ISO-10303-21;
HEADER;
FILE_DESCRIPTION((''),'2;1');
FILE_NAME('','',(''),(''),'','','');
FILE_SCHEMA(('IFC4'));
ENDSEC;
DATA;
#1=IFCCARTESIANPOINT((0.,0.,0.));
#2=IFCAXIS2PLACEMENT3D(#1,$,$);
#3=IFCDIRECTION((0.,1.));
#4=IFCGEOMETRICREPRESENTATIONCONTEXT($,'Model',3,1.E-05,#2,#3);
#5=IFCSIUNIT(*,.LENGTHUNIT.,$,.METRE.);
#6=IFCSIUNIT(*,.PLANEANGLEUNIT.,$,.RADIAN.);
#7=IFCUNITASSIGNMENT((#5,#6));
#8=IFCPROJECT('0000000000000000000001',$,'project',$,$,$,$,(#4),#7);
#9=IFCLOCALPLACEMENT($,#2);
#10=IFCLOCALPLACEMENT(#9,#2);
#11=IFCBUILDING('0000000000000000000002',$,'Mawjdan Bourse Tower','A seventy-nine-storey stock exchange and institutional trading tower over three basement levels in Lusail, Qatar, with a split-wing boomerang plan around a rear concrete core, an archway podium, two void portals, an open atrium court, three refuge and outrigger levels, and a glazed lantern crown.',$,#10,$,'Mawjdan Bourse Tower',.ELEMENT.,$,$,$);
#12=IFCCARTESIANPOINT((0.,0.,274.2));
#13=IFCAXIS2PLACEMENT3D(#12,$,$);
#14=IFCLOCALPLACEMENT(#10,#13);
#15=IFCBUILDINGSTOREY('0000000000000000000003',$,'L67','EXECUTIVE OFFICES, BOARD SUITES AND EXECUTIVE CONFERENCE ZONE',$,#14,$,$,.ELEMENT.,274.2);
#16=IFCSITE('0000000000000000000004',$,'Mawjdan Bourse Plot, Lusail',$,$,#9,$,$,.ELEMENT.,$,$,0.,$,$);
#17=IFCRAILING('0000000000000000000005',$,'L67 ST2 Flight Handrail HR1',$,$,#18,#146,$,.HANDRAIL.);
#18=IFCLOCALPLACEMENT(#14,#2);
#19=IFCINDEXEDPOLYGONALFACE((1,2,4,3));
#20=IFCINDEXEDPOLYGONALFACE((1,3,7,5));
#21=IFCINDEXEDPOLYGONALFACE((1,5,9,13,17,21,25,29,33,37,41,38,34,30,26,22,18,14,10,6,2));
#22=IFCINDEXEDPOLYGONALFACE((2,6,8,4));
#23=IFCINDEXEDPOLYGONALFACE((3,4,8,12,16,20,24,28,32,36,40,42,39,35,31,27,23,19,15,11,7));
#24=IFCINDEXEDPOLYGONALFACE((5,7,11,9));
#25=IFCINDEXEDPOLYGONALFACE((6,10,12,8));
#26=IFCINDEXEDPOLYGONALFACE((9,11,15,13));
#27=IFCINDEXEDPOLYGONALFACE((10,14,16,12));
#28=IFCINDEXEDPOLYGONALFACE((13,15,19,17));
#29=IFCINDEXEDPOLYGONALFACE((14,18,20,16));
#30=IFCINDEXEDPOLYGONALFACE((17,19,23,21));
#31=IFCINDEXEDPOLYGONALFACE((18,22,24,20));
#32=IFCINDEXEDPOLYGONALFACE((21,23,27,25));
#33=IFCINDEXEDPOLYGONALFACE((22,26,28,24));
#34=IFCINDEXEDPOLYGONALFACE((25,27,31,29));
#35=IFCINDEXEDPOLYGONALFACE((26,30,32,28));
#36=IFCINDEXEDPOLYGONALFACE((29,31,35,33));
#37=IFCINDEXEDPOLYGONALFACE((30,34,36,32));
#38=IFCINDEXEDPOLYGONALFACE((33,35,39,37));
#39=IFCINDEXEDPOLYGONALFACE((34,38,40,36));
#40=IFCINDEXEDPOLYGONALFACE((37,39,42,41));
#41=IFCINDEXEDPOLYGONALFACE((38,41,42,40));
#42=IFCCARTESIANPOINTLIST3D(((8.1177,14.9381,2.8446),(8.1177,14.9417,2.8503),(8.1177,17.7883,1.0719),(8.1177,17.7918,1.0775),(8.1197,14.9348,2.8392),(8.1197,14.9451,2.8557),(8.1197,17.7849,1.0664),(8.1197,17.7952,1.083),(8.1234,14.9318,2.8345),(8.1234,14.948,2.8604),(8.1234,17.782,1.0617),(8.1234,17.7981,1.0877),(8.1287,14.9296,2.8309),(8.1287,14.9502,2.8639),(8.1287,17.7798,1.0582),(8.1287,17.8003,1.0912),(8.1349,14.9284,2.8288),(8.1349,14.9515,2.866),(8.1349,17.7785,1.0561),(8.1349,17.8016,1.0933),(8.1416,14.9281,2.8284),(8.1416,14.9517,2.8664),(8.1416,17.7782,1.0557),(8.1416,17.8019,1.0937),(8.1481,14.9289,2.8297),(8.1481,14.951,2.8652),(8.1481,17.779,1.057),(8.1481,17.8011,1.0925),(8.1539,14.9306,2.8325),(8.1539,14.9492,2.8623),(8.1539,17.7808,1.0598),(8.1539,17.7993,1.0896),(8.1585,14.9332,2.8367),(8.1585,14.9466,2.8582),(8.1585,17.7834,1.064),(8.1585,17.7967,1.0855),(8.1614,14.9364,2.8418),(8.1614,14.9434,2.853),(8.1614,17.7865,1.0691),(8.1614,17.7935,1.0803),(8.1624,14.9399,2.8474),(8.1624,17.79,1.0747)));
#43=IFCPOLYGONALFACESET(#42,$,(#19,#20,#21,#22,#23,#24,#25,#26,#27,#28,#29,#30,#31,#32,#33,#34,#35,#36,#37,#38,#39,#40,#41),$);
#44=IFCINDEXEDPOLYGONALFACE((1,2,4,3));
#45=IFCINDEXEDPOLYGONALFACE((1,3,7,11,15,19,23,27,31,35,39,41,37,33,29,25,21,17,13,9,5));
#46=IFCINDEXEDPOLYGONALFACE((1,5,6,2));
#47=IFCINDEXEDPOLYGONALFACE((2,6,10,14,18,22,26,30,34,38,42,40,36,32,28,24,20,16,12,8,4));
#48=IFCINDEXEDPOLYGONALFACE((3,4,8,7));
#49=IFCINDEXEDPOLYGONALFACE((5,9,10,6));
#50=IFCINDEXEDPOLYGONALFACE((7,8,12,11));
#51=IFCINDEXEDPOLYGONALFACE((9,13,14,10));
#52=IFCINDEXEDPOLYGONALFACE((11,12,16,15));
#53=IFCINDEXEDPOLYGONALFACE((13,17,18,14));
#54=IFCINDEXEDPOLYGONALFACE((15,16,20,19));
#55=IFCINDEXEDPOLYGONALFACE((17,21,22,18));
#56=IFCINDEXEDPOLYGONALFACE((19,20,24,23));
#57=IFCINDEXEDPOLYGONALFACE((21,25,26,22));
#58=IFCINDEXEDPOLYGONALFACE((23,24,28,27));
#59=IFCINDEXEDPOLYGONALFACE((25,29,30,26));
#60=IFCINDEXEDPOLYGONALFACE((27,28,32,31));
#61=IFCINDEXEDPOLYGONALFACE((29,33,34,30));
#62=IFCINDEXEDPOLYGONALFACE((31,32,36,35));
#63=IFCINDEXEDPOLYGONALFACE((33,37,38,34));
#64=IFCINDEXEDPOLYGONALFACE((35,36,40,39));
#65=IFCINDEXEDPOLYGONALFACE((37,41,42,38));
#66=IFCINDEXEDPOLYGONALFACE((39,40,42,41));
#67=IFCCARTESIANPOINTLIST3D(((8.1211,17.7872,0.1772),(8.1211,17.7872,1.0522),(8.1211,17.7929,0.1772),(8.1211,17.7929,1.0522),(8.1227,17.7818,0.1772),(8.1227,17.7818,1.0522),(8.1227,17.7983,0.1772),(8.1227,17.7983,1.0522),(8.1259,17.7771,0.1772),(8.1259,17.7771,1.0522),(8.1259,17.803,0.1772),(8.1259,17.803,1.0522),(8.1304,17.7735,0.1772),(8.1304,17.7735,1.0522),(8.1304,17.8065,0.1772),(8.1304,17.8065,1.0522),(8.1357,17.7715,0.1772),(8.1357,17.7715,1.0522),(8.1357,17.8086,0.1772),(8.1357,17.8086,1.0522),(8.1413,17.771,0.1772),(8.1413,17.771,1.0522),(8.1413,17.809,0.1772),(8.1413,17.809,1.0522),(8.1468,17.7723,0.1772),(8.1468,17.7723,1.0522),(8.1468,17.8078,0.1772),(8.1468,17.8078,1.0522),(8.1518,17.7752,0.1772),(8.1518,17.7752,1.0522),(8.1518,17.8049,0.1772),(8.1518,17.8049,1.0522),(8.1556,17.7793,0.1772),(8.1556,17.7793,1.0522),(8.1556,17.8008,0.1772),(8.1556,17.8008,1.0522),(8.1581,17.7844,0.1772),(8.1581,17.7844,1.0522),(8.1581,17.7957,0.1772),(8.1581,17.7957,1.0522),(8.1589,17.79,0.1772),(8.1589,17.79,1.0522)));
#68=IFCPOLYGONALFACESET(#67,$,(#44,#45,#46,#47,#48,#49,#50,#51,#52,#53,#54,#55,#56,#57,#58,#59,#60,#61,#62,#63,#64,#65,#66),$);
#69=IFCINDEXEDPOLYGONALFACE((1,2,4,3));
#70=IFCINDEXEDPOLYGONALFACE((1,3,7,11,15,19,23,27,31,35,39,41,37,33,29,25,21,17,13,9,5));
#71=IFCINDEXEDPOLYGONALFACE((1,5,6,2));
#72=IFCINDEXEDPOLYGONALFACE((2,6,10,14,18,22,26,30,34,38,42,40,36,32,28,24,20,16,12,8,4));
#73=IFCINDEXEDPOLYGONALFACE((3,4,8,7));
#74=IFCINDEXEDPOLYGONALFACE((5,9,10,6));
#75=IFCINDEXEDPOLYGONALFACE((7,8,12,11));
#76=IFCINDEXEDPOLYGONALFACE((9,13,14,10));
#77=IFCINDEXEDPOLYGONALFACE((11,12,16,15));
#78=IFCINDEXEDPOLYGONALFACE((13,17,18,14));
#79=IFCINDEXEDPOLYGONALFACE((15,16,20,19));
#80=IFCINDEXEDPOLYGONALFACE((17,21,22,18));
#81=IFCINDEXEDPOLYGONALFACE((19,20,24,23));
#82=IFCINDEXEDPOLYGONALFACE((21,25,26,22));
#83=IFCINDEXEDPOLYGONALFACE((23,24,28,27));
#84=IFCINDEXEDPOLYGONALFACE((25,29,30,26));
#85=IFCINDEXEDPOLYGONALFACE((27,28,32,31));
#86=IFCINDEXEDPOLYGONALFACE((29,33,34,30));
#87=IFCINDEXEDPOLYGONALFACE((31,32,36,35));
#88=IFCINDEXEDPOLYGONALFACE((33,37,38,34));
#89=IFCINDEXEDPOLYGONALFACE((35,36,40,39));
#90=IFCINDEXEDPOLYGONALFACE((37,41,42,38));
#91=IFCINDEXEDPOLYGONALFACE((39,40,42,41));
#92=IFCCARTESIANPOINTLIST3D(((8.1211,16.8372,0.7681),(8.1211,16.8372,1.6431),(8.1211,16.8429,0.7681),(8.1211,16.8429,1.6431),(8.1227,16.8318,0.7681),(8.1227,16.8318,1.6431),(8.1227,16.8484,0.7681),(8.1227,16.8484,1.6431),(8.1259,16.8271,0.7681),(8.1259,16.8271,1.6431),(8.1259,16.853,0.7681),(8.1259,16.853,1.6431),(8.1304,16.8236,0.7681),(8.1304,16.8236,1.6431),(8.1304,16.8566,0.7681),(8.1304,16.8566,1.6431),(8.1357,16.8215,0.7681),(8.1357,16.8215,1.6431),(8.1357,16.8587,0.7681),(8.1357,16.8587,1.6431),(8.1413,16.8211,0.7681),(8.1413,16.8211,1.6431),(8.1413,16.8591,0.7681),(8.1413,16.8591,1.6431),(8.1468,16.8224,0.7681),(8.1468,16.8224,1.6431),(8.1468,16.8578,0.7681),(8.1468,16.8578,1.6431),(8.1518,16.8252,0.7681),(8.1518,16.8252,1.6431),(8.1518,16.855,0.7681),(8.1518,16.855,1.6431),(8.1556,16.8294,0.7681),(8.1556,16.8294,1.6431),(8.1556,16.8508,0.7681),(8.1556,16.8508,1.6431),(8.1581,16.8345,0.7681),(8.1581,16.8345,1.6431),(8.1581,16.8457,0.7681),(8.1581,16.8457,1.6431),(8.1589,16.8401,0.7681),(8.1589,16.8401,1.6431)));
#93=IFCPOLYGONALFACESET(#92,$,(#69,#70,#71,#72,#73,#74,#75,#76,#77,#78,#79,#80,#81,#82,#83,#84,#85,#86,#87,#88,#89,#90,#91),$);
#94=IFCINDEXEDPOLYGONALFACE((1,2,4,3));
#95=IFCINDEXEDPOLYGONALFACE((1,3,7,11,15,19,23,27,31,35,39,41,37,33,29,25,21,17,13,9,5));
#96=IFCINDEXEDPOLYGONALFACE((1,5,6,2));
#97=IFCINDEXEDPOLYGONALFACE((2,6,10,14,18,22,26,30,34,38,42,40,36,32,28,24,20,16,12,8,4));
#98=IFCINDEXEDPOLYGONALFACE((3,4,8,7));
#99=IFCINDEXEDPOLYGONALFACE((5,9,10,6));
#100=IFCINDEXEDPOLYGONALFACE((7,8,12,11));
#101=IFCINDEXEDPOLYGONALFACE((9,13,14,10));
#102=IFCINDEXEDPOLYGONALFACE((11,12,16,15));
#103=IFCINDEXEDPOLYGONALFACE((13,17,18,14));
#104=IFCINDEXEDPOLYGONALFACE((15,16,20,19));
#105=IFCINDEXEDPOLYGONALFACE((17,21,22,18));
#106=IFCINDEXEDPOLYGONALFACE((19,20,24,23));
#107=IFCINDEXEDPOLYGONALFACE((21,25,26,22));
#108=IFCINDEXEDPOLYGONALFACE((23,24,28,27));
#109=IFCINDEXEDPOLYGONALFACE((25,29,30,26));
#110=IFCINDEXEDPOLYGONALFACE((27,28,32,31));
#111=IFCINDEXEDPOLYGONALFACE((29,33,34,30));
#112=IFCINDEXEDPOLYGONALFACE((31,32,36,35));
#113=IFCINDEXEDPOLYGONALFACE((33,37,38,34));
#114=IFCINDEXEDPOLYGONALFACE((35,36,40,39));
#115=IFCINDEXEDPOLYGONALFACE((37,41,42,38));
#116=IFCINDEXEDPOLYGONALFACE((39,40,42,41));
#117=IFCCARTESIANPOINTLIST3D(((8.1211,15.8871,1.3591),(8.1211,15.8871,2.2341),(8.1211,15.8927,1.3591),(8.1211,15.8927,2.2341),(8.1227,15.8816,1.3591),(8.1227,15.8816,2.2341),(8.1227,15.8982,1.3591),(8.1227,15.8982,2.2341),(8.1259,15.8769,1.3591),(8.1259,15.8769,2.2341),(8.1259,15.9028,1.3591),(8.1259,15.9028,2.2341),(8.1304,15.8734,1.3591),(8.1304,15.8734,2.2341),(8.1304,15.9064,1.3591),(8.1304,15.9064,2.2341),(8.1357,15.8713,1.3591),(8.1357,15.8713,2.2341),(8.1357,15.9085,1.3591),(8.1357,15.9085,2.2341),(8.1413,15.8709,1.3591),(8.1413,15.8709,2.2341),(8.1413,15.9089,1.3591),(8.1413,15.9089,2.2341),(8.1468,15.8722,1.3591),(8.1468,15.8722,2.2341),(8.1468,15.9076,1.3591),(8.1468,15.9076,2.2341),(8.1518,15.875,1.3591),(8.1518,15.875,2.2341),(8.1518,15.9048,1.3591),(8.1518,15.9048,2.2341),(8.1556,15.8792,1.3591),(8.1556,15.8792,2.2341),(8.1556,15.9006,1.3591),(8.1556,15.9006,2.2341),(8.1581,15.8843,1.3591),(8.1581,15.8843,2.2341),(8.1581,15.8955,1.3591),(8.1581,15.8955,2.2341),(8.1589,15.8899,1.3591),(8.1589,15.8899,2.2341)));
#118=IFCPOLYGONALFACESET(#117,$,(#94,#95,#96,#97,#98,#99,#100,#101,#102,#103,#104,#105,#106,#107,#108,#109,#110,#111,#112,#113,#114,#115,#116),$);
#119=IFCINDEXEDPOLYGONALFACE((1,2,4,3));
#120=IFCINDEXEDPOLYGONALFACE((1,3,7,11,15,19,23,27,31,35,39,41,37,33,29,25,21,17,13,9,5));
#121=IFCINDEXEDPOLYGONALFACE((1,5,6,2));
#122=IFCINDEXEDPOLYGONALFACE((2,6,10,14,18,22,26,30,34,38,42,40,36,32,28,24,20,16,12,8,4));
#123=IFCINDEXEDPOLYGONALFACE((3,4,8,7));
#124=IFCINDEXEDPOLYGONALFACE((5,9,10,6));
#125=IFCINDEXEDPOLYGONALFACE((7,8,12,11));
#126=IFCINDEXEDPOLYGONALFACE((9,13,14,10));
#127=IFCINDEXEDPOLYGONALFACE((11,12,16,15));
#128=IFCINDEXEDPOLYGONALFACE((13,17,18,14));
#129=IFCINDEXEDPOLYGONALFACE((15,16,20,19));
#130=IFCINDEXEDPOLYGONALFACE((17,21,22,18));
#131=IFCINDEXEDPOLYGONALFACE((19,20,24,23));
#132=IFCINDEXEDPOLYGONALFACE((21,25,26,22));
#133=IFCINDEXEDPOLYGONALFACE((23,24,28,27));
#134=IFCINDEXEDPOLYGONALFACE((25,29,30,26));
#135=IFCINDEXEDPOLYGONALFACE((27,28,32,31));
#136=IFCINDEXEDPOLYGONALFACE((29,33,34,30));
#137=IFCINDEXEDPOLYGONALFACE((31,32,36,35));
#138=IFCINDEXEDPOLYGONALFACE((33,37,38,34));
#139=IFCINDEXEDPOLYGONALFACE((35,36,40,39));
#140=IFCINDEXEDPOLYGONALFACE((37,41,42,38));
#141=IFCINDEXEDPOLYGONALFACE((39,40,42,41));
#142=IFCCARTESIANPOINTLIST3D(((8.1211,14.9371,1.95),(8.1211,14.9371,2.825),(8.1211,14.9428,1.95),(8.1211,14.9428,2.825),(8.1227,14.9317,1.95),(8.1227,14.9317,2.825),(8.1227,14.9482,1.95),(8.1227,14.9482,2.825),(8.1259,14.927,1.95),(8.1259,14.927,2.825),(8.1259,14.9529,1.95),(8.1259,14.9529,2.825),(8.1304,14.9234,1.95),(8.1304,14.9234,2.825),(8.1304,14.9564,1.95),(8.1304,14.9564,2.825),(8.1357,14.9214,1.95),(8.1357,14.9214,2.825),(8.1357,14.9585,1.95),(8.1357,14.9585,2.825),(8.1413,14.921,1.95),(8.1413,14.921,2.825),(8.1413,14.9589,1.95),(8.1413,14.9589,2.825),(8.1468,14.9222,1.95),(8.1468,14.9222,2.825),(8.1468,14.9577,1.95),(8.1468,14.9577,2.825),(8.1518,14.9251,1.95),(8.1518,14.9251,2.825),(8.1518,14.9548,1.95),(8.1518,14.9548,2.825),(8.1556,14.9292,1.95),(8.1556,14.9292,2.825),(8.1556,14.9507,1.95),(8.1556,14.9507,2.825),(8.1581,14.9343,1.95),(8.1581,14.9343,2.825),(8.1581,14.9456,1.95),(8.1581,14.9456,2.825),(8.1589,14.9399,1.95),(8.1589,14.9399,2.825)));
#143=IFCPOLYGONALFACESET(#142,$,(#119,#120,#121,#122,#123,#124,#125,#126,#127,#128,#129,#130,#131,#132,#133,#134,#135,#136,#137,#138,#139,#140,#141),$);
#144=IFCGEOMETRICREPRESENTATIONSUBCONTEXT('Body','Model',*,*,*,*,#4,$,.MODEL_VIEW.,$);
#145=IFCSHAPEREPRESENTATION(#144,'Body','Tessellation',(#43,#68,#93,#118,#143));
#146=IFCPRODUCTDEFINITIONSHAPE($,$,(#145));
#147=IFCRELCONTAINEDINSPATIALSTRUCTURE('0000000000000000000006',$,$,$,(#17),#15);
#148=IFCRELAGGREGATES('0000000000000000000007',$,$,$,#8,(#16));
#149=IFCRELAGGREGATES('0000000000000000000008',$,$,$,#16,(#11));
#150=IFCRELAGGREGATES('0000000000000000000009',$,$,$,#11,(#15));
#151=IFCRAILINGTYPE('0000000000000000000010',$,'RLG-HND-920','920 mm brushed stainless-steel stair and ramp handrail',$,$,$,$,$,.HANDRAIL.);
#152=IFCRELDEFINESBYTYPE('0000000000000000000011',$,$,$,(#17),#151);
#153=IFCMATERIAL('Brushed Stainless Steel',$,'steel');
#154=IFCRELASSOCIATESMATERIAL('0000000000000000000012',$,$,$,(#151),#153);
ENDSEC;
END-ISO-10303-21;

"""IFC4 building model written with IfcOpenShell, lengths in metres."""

from ifc_helpers import new_model, si_unit, direction, frame, origin, origin_2d, place, context, subcontext, project, spatial, circle, extrude, material, type_object, element, save


model = new_model("IFC4")

# Units and contexts
model_context = context("Model", 3, precision=1e-05, world=origin(), true_north=direction((0.0, 1.0)))
body_context = subcontext(model_context, "Body", "Model", "MODEL_VIEW")
ifc_project = project(units=[si_unit("LENGTHUNIT", "METRE"), si_unit("PLANEANGLEUNIT", "RADIAN")], contexts=[model_context])

# Site, building, storey
site_placement = place(None, origin())
site = spatial("IfcSite", under=ifc_project, at=site_placement, Name="Mawjdan Bourse Plot, Lusail", CompositionType="ELEMENT", RefElevation=0.0)
building_placement = place(site_placement, origin())
building = spatial("IfcBuilding", under=site, at=building_placement, Name="Mawjdan Bourse Tower", Description="A seventy-nine-storey stock exchange and institutional trading tower over three basement levels in Lusail, Qatar, with a split-wing boomerang plan around a rear concrete core, an archway podium, two void portals, an open atrium court, three refuge and outrigger levels, and a glazed lantern crown.", LongName="Mawjdan Bourse Tower", CompositionType="ELEMENT")
storey_placement = place(building_placement, frame((0.0, 0.0, 274.2)))
storey = spatial("IfcBuildingStorey", under=building, at=storey_placement, Name="L67", Description="EXECUTIVE OFFICES, BOARD SUITES AND EXECUTIVE CONFERENCE ZONE", CompositionType="ELEMENT", Elevation=274.2)

# Railing
ifc_material_1 = material(Name="Brushed Stainless Steel", Category="steel")
railing_type_1 = type_object("IfcRailingType", Name="RLG-HND-920", Description="920 mm brushed stainless-steel stair and ramp handrail", PredefinedType="HANDRAIL", material=ifc_material_1)
for number, where, name in (
    (1, (8.1399, 17.79, 0.1772), "L67 ST2 Flight Handrail HR1"),
):
    element("IfcRailing", number, at=place(storey_placement, frame(where)), inside=storey, type_object=railing_type_1, Name=name, PredefinedType="HANDRAIL", context=body_context, shape_type="SweptSolid", body=[
        extrude(circle(Radius=0.0225, at=origin_2d()), frame((0.0, 0.0, 0.8975), z_axis=(0.0, -0.849149, 0.528154), x_axis=(1.0, 0.0, 0.0)), (0.0, 0.0, 1.0), 3.3564),
        extrude(circle(Radius=0.019, at=origin_2d()), origin(), (0.0, 0.0, 1.0), 0.875),
        extrude(circle(Radius=0.019, at=origin_2d()), frame((0.0, -0.95, 0.5908)), (0.0, 0.0, 1.0), 0.875),
        extrude(circle(Radius=0.019, at=origin_2d()), frame((0.0, -1.9001, 1.1819)), (0.0, 0.0, 1.0), 0.875),
        extrude(circle(Radius=0.019, at=origin_2d()), frame((0.0, -2.8501, 1.7727)), (0.0, 0.0, 1.0), 0.875),
    ])

save(model, "model.ifc")
